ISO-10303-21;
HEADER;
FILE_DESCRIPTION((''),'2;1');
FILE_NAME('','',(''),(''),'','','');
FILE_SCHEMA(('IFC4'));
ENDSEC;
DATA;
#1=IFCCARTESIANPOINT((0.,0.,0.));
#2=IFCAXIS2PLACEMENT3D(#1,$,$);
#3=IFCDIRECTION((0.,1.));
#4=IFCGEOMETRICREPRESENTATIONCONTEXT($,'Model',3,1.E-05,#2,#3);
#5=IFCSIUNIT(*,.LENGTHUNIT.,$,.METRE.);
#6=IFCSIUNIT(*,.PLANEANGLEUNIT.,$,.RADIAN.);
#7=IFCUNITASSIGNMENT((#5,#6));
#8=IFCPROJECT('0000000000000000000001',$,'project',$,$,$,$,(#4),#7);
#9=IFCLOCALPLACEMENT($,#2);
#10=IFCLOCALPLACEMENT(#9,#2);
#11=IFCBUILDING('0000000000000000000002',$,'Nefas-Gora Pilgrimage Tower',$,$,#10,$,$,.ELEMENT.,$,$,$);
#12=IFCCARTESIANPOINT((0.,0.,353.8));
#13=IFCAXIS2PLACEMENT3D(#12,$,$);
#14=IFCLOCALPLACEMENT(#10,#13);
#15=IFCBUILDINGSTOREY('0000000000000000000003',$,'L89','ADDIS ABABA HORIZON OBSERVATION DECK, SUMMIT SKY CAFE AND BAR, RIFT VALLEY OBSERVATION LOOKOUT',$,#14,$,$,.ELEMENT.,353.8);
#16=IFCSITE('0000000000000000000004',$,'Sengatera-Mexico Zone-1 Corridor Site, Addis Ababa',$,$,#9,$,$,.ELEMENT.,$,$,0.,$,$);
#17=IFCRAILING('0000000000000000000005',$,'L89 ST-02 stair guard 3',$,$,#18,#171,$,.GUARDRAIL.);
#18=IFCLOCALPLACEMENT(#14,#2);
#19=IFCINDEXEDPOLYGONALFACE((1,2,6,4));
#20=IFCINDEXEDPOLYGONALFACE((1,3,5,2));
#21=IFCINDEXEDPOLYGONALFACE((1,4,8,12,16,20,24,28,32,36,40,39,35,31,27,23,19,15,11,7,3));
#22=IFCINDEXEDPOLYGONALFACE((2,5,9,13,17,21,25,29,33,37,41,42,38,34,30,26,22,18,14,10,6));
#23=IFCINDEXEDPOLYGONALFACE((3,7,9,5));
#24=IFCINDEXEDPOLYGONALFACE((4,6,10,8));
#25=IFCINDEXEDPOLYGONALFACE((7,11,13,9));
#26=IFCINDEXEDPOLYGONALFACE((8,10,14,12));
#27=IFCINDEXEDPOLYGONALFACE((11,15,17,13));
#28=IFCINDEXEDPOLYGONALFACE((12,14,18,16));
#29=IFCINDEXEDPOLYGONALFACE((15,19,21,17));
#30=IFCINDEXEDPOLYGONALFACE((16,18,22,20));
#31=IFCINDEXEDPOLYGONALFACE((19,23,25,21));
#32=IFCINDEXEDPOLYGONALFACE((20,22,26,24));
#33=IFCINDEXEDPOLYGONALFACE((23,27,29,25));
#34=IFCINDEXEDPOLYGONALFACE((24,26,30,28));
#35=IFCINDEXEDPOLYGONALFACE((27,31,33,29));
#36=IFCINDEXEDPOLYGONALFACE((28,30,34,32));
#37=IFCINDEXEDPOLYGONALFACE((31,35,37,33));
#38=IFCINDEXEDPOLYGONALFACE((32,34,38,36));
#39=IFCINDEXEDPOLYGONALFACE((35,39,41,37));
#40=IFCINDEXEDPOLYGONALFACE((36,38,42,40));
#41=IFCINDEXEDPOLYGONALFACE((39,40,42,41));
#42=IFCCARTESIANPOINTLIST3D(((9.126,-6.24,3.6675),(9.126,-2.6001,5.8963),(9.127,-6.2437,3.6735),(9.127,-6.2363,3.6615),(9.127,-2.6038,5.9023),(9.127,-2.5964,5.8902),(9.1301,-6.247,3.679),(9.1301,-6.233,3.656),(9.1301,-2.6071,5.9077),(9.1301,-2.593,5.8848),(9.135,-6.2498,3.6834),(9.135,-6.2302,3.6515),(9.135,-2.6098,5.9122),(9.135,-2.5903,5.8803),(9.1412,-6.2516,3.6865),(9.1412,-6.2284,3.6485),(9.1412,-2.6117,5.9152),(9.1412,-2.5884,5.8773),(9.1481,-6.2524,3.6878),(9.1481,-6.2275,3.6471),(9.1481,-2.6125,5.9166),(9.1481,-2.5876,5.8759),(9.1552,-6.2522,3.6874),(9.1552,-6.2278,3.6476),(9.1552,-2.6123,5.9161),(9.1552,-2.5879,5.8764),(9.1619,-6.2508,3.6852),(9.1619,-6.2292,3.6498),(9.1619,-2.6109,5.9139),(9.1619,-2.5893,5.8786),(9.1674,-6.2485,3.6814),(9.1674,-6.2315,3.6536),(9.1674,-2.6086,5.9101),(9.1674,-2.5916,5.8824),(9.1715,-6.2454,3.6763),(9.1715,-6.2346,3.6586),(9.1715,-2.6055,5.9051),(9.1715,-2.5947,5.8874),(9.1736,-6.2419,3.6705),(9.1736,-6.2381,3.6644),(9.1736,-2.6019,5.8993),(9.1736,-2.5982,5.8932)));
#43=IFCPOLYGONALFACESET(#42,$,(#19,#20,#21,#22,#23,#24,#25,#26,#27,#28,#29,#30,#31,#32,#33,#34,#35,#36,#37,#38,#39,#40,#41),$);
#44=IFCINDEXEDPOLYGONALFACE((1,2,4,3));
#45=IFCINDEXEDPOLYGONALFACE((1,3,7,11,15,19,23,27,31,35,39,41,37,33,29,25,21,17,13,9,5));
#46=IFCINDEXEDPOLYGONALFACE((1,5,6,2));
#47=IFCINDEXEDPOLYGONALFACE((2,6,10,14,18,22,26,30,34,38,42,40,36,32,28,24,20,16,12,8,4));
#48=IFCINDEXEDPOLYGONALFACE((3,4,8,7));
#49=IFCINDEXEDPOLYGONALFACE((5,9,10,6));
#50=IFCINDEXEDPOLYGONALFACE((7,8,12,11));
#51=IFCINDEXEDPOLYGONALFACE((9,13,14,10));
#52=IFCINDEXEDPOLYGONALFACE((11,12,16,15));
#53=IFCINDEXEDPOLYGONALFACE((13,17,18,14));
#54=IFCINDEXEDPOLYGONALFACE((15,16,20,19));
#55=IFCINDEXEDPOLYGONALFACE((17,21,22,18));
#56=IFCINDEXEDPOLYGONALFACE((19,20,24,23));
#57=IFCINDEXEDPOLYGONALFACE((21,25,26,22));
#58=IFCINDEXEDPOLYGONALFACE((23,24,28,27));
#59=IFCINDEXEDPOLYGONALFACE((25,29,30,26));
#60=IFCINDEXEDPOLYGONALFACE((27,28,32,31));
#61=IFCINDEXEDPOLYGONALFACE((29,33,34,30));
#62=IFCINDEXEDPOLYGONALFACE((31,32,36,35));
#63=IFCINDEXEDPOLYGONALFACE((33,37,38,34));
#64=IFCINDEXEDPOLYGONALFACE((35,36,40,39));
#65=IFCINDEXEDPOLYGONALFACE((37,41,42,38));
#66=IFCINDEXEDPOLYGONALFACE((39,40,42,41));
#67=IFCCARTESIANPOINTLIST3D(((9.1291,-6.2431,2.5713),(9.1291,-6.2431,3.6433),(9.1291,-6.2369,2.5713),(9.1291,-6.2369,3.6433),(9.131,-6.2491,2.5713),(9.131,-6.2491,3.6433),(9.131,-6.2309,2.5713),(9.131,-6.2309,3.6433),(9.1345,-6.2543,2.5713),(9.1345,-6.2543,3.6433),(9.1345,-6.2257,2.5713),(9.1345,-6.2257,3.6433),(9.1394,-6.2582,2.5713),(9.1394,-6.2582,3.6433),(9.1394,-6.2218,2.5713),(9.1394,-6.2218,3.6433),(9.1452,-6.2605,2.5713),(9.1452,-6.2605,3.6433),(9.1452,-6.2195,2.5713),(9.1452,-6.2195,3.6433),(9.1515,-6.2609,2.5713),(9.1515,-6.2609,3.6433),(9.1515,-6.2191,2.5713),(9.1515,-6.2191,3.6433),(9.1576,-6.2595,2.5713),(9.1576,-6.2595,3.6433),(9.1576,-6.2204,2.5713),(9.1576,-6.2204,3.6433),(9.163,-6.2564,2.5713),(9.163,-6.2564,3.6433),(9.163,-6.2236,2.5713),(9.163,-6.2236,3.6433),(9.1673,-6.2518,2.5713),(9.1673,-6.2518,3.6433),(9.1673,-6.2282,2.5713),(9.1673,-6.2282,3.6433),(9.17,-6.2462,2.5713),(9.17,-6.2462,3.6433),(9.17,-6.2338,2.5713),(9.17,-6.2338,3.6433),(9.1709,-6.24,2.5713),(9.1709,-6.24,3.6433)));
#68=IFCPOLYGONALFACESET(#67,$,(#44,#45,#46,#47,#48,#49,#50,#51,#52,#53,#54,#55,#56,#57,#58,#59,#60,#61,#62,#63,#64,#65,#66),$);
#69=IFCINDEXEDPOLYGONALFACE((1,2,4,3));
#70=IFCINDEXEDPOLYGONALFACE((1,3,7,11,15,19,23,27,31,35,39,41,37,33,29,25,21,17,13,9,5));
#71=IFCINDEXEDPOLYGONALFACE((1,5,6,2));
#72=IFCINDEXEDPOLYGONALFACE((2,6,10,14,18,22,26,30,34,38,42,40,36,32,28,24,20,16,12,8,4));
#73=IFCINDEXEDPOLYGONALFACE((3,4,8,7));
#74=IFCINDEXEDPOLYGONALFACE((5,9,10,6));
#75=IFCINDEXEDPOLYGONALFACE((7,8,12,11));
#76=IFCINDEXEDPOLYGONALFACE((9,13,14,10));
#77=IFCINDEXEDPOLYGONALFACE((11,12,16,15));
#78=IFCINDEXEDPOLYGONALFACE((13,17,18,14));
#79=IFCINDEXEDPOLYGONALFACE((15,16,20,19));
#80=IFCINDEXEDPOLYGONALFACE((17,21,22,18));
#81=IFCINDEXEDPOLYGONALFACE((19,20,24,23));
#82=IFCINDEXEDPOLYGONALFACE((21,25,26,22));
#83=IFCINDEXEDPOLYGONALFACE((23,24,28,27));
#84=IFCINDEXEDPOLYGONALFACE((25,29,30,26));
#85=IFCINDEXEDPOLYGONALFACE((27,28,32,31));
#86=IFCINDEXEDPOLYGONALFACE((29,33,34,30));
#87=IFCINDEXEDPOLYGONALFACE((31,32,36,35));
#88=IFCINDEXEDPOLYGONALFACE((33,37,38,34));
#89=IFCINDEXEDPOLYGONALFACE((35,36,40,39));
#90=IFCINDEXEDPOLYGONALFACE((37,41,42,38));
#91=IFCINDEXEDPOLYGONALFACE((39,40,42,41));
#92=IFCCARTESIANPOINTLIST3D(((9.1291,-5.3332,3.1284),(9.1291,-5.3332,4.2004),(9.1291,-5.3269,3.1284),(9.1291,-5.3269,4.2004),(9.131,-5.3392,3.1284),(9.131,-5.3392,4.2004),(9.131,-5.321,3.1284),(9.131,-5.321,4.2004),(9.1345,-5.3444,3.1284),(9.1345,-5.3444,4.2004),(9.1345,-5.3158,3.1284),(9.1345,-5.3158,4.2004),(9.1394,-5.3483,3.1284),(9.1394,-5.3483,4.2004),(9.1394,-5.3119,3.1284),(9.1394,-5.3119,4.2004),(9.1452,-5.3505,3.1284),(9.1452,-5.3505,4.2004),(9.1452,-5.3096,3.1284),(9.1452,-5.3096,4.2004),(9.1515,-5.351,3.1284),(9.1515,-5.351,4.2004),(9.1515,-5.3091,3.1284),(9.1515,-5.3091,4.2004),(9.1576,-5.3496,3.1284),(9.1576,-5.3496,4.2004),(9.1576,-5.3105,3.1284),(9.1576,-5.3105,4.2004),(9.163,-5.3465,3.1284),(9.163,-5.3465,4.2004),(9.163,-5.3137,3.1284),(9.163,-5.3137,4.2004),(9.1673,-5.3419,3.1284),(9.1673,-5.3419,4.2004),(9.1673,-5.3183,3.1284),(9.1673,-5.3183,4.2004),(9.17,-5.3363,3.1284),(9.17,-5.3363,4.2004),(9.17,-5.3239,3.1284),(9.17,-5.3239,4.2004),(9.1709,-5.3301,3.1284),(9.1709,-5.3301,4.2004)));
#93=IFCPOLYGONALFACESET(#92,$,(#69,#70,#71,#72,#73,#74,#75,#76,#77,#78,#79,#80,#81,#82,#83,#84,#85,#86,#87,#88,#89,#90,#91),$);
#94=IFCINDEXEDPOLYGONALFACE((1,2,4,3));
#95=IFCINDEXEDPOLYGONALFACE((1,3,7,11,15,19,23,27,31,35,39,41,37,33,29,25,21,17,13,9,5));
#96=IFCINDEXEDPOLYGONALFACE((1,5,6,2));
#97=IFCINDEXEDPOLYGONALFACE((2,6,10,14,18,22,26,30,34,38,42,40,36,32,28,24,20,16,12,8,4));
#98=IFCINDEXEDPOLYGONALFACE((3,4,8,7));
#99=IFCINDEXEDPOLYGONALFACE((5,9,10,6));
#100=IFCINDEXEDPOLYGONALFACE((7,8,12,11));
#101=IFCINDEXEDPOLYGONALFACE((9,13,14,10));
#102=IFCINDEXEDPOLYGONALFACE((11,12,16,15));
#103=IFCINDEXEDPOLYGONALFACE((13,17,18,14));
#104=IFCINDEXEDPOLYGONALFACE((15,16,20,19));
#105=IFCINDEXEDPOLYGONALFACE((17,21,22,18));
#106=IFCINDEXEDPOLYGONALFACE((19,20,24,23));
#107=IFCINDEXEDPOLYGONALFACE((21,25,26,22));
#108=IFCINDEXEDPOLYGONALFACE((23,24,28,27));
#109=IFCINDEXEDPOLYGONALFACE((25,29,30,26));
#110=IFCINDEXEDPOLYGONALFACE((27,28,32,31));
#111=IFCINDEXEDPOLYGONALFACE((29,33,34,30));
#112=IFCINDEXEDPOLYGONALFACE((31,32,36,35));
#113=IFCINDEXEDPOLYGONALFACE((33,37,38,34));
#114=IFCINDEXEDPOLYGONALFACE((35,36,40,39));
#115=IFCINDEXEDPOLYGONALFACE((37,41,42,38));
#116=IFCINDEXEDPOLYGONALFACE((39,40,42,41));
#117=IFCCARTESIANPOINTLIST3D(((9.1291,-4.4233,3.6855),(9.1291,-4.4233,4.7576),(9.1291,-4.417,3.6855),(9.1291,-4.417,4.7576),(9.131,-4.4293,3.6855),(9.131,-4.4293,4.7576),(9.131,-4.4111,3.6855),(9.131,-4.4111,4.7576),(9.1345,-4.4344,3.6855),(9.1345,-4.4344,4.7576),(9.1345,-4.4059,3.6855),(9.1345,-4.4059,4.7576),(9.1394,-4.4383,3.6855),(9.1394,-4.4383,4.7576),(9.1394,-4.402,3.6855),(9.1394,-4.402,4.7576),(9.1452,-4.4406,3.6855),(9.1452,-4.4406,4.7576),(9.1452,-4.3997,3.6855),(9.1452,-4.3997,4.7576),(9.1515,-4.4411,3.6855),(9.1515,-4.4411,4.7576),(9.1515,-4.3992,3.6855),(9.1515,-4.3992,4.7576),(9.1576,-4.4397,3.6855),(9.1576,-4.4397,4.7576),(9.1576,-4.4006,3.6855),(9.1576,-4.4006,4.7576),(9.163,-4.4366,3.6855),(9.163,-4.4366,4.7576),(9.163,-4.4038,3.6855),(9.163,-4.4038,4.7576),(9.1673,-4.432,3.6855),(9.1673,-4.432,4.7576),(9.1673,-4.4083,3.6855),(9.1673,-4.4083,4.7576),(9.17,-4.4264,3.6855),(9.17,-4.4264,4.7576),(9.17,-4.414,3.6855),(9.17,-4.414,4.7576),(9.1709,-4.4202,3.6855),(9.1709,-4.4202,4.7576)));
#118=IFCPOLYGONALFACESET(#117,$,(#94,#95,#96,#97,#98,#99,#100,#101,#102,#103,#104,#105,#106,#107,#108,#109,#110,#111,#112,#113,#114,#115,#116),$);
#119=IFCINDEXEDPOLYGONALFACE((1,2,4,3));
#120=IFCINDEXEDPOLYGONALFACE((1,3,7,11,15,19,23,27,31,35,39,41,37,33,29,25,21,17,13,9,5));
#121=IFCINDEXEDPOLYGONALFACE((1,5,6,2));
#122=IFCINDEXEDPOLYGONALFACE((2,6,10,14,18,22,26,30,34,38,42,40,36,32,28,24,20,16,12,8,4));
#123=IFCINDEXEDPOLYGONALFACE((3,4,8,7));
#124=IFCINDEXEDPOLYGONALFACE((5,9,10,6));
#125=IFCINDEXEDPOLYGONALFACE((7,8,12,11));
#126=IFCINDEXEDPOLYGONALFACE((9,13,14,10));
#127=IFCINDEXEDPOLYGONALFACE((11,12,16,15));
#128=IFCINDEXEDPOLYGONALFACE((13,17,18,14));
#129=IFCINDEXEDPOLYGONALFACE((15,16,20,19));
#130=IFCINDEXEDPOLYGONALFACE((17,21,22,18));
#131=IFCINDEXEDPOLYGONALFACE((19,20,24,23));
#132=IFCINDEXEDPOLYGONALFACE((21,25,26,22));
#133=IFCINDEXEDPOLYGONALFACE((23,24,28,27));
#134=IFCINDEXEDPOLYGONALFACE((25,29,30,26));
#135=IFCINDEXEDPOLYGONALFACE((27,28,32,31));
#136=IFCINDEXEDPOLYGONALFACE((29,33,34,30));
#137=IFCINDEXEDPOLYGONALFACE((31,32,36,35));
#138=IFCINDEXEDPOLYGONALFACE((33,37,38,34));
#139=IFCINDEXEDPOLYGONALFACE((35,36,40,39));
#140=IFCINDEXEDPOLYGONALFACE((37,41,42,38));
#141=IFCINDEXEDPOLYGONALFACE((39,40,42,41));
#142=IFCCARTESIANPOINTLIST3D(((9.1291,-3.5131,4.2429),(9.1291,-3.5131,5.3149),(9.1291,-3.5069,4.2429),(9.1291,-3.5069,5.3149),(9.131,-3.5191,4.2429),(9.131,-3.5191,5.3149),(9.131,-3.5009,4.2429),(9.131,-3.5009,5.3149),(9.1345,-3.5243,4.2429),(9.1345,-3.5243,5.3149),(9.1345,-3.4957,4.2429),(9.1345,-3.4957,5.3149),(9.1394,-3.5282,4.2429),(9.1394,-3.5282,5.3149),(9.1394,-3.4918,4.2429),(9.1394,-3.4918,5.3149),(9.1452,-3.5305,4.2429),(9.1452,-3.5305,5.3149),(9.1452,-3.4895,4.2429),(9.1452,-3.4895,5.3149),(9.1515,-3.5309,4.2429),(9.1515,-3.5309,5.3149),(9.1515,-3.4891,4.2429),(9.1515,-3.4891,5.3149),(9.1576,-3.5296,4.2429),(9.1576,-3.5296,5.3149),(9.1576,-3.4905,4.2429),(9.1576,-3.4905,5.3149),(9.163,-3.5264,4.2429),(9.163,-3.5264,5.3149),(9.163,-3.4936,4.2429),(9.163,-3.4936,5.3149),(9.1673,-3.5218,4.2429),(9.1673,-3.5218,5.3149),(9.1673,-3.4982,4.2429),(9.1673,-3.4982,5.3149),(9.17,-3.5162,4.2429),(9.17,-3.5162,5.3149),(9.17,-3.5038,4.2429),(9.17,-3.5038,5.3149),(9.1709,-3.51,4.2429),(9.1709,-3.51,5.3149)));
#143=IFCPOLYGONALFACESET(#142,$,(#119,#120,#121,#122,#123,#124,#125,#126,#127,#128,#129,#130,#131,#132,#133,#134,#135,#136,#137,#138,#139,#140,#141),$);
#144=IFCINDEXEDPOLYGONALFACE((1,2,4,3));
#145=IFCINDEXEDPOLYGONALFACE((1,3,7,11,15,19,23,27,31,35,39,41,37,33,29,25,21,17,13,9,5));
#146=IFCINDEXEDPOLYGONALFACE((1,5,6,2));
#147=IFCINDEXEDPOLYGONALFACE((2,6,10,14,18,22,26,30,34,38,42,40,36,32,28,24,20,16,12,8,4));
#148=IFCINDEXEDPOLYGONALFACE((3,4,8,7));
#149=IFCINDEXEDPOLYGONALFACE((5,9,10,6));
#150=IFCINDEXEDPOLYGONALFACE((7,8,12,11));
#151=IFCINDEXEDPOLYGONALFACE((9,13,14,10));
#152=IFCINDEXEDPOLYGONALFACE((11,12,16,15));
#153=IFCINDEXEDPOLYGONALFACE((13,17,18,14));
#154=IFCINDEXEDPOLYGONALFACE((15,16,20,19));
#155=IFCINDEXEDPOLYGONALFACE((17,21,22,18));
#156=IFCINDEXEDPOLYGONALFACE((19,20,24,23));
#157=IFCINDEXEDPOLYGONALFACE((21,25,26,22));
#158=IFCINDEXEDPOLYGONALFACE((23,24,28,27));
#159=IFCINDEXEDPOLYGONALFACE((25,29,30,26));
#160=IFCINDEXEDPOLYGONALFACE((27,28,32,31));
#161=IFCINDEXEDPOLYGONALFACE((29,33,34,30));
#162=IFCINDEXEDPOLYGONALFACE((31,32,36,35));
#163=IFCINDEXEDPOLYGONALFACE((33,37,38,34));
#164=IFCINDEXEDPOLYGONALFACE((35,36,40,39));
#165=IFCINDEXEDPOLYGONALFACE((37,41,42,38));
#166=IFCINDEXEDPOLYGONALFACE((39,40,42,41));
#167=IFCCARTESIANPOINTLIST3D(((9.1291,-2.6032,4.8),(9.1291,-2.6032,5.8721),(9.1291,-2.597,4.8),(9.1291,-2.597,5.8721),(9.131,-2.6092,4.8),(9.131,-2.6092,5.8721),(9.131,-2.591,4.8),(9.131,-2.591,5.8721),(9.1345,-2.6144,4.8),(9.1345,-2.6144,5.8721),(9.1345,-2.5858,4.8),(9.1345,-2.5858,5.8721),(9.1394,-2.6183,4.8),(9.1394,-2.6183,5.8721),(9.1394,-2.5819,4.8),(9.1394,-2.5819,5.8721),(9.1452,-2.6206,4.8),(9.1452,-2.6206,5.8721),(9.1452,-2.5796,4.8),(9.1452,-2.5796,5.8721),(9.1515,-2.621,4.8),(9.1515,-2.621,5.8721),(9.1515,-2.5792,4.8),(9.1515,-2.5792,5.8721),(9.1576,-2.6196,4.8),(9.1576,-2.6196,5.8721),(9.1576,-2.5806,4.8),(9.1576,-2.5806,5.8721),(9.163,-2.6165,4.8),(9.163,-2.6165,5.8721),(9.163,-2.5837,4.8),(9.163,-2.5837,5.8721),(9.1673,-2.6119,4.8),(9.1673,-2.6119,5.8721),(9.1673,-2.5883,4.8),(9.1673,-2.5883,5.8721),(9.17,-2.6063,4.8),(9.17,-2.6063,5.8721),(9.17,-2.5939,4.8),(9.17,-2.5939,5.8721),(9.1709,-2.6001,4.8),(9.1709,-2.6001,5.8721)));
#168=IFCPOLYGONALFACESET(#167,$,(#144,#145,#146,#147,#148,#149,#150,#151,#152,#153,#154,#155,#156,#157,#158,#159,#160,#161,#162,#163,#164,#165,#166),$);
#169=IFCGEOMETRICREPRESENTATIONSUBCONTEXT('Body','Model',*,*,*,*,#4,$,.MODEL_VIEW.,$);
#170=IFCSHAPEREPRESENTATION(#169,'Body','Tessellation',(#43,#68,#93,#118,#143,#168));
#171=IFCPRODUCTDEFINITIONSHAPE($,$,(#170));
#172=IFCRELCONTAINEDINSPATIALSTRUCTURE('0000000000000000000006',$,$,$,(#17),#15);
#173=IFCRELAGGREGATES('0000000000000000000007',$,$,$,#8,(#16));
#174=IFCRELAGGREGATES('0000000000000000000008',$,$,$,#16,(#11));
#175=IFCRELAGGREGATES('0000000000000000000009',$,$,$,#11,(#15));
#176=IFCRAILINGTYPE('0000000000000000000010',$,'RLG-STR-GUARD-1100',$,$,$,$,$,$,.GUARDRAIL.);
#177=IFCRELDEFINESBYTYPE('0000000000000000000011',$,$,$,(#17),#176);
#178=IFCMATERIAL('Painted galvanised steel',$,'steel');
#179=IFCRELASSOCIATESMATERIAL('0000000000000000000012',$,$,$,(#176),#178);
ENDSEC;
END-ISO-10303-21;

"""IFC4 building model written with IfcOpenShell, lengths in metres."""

from ifc_helpers import new_model, si_unit, direction, frame, origin, origin_2d, place, context, subcontext, project, spatial, circle, extrude, material, type_object, element, save


model = new_model("IFC4")

# Units and contexts
model_context = context("Model", 3, precision=1e-05, world=origin(), true_north=direction((0.0, 1.0)))
body_context = subcontext(model_context, "Body", "Model", "MODEL_VIEW")
ifc_project = project(units=[si_unit("LENGTHUNIT", "METRE"), si_unit("PLANEANGLEUNIT", "RADIAN")], contexts=[model_context])

# Site, building, storey
site_placement = place(None, origin())
site = spatial("IfcSite", under=ifc_project, at=site_placement, Name="Sengatera-Mexico Zone-1 Corridor Site, Addis Ababa", CompositionType="ELEMENT", RefElevation=0.0)
building_placement = place(site_placement, origin())
building = spatial("IfcBuilding", under=site, at=building_placement, Name="Nefas-Gora Pilgrimage Tower", CompositionType="ELEMENT")
storey_placement = place(building_placement, frame((0.0, 0.0, 353.8)))
storey = spatial("IfcBuildingStorey", under=building, at=storey_placement, Name="L89", Description="ADDIS ABABA HORIZON OBSERVATION DECK, SUMMIT SKY CAFE AND BAR, RIFT VALLEY OBSERVATION LOOKOUT", CompositionType="ELEMENT", Elevation=353.8)

# Railing
ifc_material_1 = material(Name="Painted galvanised steel", Category="steel")
railing_type_1 = type_object("IfcRailingType", Name="RLG-STR-GUARD-1100", PredefinedType="GUARDRAIL", material=ifc_material_1)
railing_1_placement = place(storey_placement, frame((9.1499, -6.24, 2.5713)))
element("IfcRailing", 1, at=railing_1_placement, inside=storey, type_object=railing_type_1, Name="L89 ST-02 stair guard 3", PredefinedType="GUARDRAIL", context=body_context, shape_type="SweptSolid", body=[
    extrude(circle(Radius=0.0239, at=origin_2d()), frame((0.0, 0.0, 1.0962), z_axis=(0.0, 0.852825, 0.522197), x_axis=(-1.0, 0.0, 0.0)), (0.0, 0.0, 1.0), 4.2681),
    extrude(circle(Radius=0.021, at=origin_2d()), origin(), (0.0, 0.0, 1.0), 1.072),
    extrude(circle(Radius=0.021, at=origin_2d()), frame((0.0, 0.9099, 0.5571)), (0.0, 0.0, 1.0), 1.072),
    extrude(circle(Radius=0.021, at=origin_2d()), frame((0.0, 1.8198, 1.1143)), (0.0, 0.0, 1.0), 1.072),
    extrude(circle(Radius=0.021, at=origin_2d()), frame((0.0, 2.73, 1.6716)), (0.0, 0.0, 1.0), 1.072),
    extrude(circle(Radius=0.021, at=origin_2d()), frame((0.0, 3.6399, 2.2288)), (0.0, 0.0, 1.0), 1.072),
])

save(model, "model.ifc")
